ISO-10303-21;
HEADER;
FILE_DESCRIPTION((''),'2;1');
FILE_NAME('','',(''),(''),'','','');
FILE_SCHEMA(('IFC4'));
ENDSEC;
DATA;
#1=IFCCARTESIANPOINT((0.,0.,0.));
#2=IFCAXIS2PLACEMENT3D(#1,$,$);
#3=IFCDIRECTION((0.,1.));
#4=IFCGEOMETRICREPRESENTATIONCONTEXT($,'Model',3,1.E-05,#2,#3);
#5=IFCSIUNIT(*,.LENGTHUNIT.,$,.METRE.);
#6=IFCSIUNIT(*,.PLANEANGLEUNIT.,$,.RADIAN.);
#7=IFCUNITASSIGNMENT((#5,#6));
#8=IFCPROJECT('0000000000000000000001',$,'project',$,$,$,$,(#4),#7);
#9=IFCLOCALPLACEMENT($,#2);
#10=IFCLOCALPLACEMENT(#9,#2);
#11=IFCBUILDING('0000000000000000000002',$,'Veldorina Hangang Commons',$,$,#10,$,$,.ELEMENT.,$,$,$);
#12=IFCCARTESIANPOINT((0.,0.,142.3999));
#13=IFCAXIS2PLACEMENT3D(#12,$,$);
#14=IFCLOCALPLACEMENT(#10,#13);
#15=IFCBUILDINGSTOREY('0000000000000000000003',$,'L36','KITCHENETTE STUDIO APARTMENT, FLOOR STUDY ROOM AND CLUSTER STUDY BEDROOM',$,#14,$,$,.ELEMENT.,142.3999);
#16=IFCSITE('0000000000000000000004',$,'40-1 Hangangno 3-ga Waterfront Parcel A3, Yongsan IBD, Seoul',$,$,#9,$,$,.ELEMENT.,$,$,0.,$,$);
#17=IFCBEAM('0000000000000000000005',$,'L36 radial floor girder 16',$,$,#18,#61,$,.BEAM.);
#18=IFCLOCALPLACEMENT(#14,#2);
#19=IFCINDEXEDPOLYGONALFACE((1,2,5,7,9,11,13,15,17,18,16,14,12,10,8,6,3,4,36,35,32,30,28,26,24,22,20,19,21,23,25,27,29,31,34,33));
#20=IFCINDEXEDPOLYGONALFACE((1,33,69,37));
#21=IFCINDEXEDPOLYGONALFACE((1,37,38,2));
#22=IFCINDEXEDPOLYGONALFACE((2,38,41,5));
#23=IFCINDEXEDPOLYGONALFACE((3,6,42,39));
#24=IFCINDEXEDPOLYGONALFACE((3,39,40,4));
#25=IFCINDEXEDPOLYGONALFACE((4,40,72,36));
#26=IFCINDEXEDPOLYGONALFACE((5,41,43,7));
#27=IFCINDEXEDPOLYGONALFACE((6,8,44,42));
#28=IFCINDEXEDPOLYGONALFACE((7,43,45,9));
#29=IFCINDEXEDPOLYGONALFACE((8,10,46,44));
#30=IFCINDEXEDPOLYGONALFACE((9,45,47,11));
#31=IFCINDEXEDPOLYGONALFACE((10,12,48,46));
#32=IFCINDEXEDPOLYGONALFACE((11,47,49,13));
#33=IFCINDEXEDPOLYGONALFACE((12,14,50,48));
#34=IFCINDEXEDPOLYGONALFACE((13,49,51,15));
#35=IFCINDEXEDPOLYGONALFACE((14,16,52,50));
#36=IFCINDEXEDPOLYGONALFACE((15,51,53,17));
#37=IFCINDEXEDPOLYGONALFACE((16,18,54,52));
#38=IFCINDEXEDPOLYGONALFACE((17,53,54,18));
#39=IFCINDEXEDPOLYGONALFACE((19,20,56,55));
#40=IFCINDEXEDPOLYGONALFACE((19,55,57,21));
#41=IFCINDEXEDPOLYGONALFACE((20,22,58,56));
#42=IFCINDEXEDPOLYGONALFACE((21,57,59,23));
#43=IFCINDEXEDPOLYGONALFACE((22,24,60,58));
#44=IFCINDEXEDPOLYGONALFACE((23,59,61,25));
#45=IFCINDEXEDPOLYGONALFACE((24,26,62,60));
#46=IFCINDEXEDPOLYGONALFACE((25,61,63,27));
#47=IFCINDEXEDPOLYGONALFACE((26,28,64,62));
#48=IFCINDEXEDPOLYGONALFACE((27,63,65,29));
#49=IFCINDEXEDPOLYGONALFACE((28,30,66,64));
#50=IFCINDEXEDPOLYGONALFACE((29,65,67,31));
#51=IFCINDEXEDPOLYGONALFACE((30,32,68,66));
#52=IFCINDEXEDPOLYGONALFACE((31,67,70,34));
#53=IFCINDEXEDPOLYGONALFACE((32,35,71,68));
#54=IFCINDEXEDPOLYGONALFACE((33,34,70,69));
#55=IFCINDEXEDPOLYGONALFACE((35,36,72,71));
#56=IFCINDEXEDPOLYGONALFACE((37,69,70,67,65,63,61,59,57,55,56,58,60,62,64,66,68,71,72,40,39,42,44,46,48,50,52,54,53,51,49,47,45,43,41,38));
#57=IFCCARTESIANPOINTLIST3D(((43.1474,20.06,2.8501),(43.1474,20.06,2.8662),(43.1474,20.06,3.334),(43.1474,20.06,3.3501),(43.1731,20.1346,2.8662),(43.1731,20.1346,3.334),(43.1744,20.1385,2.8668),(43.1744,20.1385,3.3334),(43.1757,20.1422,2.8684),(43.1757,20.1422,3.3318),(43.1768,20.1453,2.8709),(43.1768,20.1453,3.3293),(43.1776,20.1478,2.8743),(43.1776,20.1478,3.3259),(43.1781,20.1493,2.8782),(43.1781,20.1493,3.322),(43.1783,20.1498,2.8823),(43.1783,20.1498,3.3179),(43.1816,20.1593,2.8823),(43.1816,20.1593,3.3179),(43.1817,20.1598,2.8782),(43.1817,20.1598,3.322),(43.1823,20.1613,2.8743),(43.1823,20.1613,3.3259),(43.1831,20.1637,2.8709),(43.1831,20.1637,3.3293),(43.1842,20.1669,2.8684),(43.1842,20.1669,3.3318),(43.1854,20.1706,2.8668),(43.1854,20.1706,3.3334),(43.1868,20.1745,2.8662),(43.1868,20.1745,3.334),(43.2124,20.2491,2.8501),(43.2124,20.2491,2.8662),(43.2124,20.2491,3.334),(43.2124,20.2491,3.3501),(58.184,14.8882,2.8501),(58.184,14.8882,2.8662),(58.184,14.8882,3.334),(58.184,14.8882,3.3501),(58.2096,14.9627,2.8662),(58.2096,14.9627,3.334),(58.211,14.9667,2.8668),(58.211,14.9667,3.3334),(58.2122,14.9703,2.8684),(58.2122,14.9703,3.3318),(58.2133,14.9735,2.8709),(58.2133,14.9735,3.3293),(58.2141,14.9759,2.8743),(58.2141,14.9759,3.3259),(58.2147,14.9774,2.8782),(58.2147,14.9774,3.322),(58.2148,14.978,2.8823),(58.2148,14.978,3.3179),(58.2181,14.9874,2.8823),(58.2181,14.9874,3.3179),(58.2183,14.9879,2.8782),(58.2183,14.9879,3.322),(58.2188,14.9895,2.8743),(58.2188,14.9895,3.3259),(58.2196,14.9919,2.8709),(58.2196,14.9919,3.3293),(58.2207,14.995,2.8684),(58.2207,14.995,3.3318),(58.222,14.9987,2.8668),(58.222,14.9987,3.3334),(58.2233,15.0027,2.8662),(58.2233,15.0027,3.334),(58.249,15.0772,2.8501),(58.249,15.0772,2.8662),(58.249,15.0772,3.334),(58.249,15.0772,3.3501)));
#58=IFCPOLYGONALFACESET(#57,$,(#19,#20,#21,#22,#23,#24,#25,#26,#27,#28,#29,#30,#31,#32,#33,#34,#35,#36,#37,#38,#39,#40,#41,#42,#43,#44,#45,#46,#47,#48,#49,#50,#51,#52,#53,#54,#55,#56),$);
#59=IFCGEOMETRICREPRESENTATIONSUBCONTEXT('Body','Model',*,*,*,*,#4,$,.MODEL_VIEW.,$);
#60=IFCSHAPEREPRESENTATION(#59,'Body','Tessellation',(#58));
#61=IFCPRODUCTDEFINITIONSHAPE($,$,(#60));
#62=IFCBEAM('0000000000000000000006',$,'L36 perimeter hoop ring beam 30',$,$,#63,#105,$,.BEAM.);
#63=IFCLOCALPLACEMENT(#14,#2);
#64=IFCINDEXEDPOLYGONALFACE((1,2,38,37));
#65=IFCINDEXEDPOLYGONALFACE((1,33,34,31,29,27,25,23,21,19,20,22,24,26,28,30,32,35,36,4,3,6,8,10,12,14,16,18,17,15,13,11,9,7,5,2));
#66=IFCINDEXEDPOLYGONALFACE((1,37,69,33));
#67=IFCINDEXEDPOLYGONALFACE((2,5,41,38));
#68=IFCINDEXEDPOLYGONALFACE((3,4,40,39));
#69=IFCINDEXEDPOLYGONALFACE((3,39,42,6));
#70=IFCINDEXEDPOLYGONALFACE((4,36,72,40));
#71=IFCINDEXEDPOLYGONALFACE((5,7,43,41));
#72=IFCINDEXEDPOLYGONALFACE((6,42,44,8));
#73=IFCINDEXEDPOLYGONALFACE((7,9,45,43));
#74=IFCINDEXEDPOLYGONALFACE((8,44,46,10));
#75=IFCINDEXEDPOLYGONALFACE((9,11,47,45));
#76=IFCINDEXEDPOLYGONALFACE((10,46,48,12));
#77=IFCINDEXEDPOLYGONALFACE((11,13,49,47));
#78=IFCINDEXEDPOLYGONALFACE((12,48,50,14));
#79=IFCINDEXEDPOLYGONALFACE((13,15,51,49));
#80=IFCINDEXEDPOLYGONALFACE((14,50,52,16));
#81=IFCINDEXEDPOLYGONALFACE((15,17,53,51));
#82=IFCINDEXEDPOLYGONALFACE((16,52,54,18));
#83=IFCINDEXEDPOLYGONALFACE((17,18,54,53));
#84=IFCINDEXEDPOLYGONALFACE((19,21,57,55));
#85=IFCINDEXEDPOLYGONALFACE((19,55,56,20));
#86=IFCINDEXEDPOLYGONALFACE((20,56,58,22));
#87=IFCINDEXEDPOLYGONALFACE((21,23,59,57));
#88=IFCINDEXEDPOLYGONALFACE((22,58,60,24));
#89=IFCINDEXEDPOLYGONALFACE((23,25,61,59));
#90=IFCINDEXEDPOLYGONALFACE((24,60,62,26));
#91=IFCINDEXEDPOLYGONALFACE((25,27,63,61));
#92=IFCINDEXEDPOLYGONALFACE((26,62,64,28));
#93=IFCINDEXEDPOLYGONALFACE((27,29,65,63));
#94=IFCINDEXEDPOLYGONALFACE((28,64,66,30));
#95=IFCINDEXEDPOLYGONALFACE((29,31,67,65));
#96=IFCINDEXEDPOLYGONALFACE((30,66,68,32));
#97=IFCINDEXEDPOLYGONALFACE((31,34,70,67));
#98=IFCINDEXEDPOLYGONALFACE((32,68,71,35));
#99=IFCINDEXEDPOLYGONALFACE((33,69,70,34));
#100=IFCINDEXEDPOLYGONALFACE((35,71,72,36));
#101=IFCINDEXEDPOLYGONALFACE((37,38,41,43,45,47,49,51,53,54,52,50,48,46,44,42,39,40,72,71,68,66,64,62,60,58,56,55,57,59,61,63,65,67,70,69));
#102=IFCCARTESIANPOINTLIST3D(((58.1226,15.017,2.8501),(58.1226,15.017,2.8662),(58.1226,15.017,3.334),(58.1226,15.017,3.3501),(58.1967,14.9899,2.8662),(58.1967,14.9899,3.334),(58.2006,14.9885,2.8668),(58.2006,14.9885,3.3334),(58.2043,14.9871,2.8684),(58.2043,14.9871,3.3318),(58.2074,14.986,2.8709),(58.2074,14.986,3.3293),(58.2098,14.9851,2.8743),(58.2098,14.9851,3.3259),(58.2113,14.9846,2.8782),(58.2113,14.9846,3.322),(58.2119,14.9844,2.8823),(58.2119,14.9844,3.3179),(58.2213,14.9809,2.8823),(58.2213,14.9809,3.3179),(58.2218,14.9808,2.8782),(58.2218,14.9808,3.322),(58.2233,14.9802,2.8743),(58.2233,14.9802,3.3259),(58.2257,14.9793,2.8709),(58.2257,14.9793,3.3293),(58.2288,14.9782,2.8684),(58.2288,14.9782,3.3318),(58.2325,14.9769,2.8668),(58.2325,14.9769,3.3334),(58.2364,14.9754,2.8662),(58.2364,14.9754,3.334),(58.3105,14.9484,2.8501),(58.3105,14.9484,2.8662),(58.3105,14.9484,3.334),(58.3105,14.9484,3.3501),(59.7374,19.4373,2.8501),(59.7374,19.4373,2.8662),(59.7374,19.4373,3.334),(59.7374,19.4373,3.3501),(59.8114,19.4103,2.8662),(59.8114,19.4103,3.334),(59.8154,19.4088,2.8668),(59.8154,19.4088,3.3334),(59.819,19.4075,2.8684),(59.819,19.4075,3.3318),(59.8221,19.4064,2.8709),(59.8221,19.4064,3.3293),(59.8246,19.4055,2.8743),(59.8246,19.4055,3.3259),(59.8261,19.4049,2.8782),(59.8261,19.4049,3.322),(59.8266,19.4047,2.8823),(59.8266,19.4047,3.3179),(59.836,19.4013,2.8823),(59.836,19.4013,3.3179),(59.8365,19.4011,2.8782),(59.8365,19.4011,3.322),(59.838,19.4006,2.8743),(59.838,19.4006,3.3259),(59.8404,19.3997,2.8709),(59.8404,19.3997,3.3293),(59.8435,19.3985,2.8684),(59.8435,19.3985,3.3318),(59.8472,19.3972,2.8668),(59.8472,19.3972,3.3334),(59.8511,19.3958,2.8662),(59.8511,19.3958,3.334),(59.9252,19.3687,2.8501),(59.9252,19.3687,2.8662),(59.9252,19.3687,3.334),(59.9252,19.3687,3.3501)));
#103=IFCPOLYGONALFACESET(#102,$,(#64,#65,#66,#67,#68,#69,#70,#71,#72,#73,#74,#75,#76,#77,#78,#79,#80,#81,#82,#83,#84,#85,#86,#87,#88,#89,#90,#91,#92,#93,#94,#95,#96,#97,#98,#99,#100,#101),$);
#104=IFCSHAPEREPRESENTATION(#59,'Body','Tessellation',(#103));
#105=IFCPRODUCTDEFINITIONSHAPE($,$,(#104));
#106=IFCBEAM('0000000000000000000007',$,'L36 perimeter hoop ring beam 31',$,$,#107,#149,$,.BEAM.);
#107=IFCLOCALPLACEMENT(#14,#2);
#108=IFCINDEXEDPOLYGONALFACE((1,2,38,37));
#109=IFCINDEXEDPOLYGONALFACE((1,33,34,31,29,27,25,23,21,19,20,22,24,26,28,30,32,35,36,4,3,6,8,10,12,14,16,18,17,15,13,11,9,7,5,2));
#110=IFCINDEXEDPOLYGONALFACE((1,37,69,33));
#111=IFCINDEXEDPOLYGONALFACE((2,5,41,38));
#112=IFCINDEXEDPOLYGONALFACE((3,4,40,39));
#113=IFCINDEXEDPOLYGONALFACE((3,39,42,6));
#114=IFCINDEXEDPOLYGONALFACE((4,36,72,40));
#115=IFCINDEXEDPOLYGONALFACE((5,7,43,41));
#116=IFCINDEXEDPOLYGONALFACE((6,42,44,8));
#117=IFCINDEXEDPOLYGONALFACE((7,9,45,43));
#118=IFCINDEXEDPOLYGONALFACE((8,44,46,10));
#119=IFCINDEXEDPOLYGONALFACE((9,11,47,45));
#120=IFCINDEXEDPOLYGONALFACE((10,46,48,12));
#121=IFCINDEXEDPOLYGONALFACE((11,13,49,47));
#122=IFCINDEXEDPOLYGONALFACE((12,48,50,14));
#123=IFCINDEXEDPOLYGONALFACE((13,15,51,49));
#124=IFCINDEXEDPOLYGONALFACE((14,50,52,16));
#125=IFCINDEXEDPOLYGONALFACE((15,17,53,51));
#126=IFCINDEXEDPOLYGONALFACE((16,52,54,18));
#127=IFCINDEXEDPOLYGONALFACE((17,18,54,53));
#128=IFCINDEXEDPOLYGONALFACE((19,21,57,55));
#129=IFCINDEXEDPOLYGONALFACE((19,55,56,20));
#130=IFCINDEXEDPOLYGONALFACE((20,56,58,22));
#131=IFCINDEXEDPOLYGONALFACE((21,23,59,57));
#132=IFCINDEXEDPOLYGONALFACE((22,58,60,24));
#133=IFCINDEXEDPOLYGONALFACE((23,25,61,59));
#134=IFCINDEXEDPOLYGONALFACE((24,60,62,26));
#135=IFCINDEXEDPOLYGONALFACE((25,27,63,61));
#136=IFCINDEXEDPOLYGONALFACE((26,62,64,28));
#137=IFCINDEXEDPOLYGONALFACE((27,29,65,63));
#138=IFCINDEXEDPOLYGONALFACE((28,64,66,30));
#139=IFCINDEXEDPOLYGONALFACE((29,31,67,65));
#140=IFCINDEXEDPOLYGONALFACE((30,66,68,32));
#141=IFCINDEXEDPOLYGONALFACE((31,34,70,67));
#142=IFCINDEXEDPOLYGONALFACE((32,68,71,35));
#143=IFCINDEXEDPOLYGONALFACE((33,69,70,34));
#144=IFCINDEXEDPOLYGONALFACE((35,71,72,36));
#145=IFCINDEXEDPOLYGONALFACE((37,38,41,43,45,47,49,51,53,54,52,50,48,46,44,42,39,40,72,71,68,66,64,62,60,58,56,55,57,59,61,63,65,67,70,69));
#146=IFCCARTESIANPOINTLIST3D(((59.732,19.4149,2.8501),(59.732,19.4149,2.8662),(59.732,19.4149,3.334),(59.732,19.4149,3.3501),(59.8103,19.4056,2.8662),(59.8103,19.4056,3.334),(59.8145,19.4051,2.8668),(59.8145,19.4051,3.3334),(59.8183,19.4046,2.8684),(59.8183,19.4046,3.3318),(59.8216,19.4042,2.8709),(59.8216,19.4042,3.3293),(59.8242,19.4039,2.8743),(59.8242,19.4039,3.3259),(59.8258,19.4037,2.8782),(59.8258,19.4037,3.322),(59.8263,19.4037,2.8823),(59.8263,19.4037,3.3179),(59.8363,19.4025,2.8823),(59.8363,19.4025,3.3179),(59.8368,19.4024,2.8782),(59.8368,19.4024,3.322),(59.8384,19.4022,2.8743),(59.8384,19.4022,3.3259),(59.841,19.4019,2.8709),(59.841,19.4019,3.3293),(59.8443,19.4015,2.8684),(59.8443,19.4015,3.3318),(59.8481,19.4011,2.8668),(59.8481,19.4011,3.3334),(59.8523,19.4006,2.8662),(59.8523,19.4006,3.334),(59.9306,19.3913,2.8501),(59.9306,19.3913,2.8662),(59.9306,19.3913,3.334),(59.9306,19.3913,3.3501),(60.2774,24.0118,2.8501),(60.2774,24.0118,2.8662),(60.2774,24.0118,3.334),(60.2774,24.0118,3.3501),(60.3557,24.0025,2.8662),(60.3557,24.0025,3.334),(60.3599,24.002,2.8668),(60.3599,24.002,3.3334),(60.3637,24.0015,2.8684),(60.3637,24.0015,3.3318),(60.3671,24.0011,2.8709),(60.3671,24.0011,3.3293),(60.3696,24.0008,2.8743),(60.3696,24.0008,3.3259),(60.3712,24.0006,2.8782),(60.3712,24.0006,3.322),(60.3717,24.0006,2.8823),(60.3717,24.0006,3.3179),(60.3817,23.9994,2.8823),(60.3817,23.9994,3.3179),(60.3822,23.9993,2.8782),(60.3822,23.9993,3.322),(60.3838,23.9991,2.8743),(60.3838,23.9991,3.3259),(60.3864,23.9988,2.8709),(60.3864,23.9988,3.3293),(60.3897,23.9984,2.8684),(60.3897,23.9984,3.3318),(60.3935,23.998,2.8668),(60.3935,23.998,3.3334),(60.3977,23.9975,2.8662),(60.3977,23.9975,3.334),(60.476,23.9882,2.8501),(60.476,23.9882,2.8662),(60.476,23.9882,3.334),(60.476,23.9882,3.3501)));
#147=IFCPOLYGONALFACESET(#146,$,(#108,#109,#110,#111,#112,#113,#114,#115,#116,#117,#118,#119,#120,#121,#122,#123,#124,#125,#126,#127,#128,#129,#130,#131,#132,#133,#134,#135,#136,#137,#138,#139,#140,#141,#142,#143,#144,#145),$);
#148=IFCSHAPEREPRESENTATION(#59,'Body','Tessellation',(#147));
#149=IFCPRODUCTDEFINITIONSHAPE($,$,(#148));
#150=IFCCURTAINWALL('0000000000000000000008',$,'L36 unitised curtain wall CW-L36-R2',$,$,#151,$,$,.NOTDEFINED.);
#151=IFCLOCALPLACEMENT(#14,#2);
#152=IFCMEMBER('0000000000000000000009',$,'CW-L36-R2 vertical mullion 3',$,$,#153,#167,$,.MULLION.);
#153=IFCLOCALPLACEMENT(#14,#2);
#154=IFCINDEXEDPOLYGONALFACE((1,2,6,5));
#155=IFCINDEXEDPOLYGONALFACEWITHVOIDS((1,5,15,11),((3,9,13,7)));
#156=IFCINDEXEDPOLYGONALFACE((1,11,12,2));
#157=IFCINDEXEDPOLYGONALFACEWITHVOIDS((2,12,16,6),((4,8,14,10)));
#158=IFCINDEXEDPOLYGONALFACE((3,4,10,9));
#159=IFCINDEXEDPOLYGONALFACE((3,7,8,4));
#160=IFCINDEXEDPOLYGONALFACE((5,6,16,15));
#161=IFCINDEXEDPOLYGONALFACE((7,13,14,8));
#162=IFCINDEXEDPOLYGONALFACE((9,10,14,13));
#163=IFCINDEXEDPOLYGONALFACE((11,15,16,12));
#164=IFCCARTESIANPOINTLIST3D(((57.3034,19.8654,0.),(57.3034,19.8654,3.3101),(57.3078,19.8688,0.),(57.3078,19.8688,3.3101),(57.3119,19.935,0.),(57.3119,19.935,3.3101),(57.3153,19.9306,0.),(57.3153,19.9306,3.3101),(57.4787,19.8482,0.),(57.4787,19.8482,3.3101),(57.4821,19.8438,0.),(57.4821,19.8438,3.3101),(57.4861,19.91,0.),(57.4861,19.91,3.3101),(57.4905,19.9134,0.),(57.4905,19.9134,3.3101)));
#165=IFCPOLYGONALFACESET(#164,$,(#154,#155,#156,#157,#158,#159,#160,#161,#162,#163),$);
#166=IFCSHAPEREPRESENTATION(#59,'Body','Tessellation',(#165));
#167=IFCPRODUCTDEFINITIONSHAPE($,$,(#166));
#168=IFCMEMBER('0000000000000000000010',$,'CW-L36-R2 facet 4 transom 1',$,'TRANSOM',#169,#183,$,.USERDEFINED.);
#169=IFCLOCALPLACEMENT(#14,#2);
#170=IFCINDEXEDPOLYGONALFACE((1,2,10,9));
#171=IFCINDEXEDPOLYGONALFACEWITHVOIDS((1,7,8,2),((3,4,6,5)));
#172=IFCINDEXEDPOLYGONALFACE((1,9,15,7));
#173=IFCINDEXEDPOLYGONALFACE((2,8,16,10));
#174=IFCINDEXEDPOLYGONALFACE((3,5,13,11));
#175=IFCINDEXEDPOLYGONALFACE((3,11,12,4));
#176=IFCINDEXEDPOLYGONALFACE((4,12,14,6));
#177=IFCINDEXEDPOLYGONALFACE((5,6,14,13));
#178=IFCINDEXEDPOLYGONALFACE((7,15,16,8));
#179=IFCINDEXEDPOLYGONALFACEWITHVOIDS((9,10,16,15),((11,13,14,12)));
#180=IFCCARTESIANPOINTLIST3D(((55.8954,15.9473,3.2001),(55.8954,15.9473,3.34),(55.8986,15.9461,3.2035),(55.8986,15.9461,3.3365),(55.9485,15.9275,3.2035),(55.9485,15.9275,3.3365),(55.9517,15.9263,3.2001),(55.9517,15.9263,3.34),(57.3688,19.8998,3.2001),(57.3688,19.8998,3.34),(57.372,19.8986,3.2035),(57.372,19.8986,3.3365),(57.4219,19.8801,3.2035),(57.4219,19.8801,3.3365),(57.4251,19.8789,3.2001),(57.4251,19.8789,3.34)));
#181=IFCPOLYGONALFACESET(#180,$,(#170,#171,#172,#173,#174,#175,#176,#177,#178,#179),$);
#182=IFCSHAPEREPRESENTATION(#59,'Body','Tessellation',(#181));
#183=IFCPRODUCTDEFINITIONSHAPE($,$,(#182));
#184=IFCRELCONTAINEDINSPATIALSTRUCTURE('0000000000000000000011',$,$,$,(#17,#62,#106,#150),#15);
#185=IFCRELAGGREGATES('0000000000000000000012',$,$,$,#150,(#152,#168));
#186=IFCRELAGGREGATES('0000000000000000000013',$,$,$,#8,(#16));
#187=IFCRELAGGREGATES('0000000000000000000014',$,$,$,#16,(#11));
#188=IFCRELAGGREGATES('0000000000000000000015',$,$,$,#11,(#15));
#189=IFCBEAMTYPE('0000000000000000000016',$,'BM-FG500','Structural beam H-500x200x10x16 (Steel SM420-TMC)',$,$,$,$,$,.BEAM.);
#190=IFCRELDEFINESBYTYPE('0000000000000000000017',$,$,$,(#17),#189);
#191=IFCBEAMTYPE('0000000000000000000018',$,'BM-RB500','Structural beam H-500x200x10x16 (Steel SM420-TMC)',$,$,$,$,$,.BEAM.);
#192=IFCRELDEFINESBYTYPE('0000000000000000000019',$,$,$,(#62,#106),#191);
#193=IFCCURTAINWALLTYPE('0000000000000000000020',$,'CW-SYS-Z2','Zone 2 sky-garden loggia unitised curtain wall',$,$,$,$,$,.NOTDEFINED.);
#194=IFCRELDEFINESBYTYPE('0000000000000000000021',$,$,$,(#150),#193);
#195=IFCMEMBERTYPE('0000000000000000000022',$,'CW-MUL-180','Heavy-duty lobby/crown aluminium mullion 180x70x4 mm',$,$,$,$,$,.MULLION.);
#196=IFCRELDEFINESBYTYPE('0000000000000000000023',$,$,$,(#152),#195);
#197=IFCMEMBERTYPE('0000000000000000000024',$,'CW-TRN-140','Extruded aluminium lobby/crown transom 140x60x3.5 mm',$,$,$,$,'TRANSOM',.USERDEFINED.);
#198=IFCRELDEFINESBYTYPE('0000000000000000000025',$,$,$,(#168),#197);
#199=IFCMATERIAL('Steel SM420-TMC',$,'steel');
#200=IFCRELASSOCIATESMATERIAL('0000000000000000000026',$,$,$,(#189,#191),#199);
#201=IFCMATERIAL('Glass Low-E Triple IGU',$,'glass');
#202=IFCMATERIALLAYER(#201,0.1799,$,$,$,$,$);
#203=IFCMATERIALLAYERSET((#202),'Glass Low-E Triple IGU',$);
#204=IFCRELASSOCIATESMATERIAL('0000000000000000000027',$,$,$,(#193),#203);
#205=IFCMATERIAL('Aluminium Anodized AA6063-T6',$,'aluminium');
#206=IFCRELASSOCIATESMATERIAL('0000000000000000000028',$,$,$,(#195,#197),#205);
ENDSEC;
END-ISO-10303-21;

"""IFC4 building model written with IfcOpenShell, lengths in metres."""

from ifc_helpers import new_model, si_unit, direction, frame, origin, origin_2d, place, context, subcontext, project, spatial, hollow_rectangle, i_section, extrude, material, layer, layer_set, material_profile, profile_set, type_object, element, aggregate, save


model = new_model("IFC4")

# Units and contexts
model_context = context("Model", 3, precision=1e-05, world=origin(), true_north=direction((0.0, 1.0)))
body_context = subcontext(model_context, "Body", "Model", "MODEL_VIEW")
ifc_project = project(units=[si_unit("LENGTHUNIT", "METRE"), si_unit("PLANEANGLEUNIT", "RADIAN")], contexts=[model_context])

# Site, building, storey
site_placement = place(None, origin())
site = spatial("IfcSite", under=ifc_project, at=site_placement, Name="40-1 Hangangno 3-ga Waterfront Parcel A3, Yongsan IBD, Seoul", CompositionType="ELEMENT", RefElevation=0.0)
building_placement = place(site_placement, origin())
building = spatial("IfcBuilding", under=site, at=building_placement, Name="Veldorina Hangang Commons", CompositionType="ELEMENT")
storey_placement = place(building_placement, frame((0.0, 0.0, 142.3999)))
storey = spatial("IfcBuildingStorey", under=building, at=storey_placement, Name="L36", Description="KITCHENETTE STUDIO APARTMENT, FLOOR STUDY ROOM AND CLUSTER STUDY BEDROOM", CompositionType="ELEMENT", Elevation=142.3999)

# Beams
ifc_material_1 = material(Name="Steel SM420-TMC", Category="steel")
ifc_material_profile_1 = material_profile(ifc_material_1, i_section(OverallWidth=0.2, OverallDepth=0.5, WebThickness=0.01, FlangeThickness=0.0161, FilletRadius=0.0161, at=origin_2d()), Name="H-500x200x10x16")
ifc_profile_set_1 = profile_set([ifc_material_profile_1], Name="Steel SM420-TMC")
beam_type_1 = type_object("IfcBeamType", Name="BM-FG500", Description="Structural beam H-500x200x10x16 (Steel SM420-TMC)", PredefinedType="BEAM", material=ifc_profile_set_1)
beam_1_placement = place(storey_placement, frame((43.1799, 20.1545, 3.1001), z_axis=(0.945628, -0.325251, 0.0), x_axis=(0.325251, 0.945628, 0.0)))
element("IfcBeam", 1, at=beam_1_placement, inside=storey, type_object=beam_type_1, Name="L36 radial floor girder 16", PredefinedType="BEAM", context=body_context, shape_type="SweptSolid", body=[
    extrude(i_section(OverallWidth=0.2, OverallDepth=0.5, WebThickness=0.01, FlangeThickness=0.0161, FilletRadius=0.0161, at=origin_2d()), origin(), (0.0, 0.0, 1.0), 15.9011),
])
ifc_material_profile_2 = material_profile(ifc_material_1, i_section(OverallWidth=0.2, OverallDepth=0.5, WebThickness=0.01, FlangeThickness=0.0161, FilletRadius=0.0161, at=origin_2d()), Name="H-500x200x10x16")
ifc_profile_set_2 = profile_set([ifc_material_profile_2], Name="Steel SM420-TMC")
beam_type_2 = type_object("IfcBeamType", Name="BM-RB500", Description="Structural beam H-500x200x10x16 (Steel SM420-TMC)", PredefinedType="BEAM", material=ifc_profile_set_2)
beam_2_placement = place(storey_placement, frame((58.2166, 14.9827, 3.1001), z_axis=(0.343117, 0.939293, 0.0), x_axis=(-0.939293, 0.343117, 0.0)))
element("IfcBeam", 2, at=beam_2_placement, inside=storey, type_object=beam_type_2, Name="L36 perimeter hoop ring beam 30", PredefinedType="BEAM", context=body_context, shape_type="SweptSolid", body=[
    extrude(i_section(OverallWidth=0.2, OverallDepth=0.5, WebThickness=0.01, FlangeThickness=0.0161, FilletRadius=0.0161, at=origin_2d()), origin(), (0.0, 0.0, 1.0), 4.7061),
])
beam_3_placement = place(storey_placement, frame((59.8313, 19.4031, 3.1001), z_axis=(0.11782, 0.993035, 0.0), x_axis=(-0.993035, 0.11782, 0.0)))
element("IfcBeam", 3, at=beam_3_placement, inside=storey, type_object=beam_type_2, Name="L36 perimeter hoop ring beam 31", PredefinedType="BEAM", context=body_context, shape_type="SweptSolid", body=[
    extrude(i_section(OverallWidth=0.2, OverallDepth=0.5, WebThickness=0.01, FlangeThickness=0.0161, FilletRadius=0.0161, at=origin_2d()), origin(), (0.0, 0.0, 1.0), 4.6292),
])

# Curtain wall, members
ifc_material_2 = material(Name="Glass Low-E Triple IGU", Category="glass")
ifc_layer_1 = layer(ifc_material_2, 0.1799)
ifc_layer_set_1 = layer_set([ifc_layer_1], Name="Glass Low-E Triple IGU")
curtain_wall_type = type_object("IfcCurtainWallType", Name="CW-SYS-Z2", Description="Zone 2 sky-garden loggia unitised curtain wall", PredefinedType="NOTDEFINED", material=ifc_layer_set_1)
curtain_wall_placement = place(storey_placement, origin())
curtain_wall = element("IfcCurtainWall", 4, at=curtain_wall_placement, inside=storey, type_object=curtain_wall_type, Name="L36 unitised curtain wall CW-L36-R2", PredefinedType="NOTDEFINED")
ifc_material_3 = material(Name="Aluminium Anodized AA6063-T6", Category="aluminium")
ifc_material_profile_3 = material_profile(ifc_material_3, hollow_rectangle(XDim=0.0701, YDim=0.1799, WallThickness=0.0039, at=origin_2d()), Name="ALU-RHS-180x70x4")
ifc_profile_set_3 = profile_set([ifc_material_profile_3], Name="Aluminium Anodized AA6063-T6")
member_type_1 = type_object("IfcMemberType", Name="CW-MUL-180", Description="Heavy-duty lobby/crown aluminium mullion 180x70x4 mm", PredefinedType="MULLION", material=ifc_profile_set_3)
member_1_placement = place(storey_placement, frame((57.397, 19.8894, 0.0), z_axis=(0.0, 0.0, 1.0), x_axis=(0.120171, 0.992753, 0.0)))
member_1 = element("IfcMember", 5, at=member_1_placement, type_object=member_type_1, Name="CW-L36-R2 vertical mullion 3", PredefinedType="MULLION", context=body_context, shape_type="SweptSolid", body=[
    extrude(hollow_rectangle(XDim=0.0701, YDim=0.1799, WallThickness=0.0039, at=origin_2d()), origin(), (0.0, 0.0, 1.0), 3.3101),
])
ifc_material_profile_4 = material_profile(ifc_material_3, hollow_rectangle(XDim=0.0601, YDim=0.1399, WallThickness=0.0034, at=origin_2d()), Name="ALU-RHS-140x60x3.5")
ifc_profile_set_4 = profile_set([ifc_material_profile_4], Name="Aluminium Anodized AA6063-T6")
member_type_2 = type_object("IfcMemberType", Name="CW-TRN-140", Description="Extruded aluminium lobby/crown transom 140x60x3.5 mm", ElementType="TRANSOM", PredefinedType="USERDEFINED", material=ifc_profile_set_4)
member_2_placement = place(storey_placement, frame((55.9236, 15.9368, 3.27), z_axis=(0.349283, 0.937017, 0.0), x_axis=(-0.937017, 0.349283, 0.0)))
member_2 = element("IfcMember", 6, at=member_2_placement, type_object=member_type_2, Name="CW-L36-R2 facet 4 transom 1", ObjectType="TRANSOM", PredefinedType="USERDEFINED", context=body_context, shape_type="SweptSolid", body=[
    extrude(hollow_rectangle(XDim=0.0601, YDim=0.1399, WallThickness=0.0034, at=origin_2d()), origin(), (0.0, 0.0, 1.0), 4.2183),
])

aggregate(curtain_wall, [member_1, member_2])

save(model, "model.ifc")
